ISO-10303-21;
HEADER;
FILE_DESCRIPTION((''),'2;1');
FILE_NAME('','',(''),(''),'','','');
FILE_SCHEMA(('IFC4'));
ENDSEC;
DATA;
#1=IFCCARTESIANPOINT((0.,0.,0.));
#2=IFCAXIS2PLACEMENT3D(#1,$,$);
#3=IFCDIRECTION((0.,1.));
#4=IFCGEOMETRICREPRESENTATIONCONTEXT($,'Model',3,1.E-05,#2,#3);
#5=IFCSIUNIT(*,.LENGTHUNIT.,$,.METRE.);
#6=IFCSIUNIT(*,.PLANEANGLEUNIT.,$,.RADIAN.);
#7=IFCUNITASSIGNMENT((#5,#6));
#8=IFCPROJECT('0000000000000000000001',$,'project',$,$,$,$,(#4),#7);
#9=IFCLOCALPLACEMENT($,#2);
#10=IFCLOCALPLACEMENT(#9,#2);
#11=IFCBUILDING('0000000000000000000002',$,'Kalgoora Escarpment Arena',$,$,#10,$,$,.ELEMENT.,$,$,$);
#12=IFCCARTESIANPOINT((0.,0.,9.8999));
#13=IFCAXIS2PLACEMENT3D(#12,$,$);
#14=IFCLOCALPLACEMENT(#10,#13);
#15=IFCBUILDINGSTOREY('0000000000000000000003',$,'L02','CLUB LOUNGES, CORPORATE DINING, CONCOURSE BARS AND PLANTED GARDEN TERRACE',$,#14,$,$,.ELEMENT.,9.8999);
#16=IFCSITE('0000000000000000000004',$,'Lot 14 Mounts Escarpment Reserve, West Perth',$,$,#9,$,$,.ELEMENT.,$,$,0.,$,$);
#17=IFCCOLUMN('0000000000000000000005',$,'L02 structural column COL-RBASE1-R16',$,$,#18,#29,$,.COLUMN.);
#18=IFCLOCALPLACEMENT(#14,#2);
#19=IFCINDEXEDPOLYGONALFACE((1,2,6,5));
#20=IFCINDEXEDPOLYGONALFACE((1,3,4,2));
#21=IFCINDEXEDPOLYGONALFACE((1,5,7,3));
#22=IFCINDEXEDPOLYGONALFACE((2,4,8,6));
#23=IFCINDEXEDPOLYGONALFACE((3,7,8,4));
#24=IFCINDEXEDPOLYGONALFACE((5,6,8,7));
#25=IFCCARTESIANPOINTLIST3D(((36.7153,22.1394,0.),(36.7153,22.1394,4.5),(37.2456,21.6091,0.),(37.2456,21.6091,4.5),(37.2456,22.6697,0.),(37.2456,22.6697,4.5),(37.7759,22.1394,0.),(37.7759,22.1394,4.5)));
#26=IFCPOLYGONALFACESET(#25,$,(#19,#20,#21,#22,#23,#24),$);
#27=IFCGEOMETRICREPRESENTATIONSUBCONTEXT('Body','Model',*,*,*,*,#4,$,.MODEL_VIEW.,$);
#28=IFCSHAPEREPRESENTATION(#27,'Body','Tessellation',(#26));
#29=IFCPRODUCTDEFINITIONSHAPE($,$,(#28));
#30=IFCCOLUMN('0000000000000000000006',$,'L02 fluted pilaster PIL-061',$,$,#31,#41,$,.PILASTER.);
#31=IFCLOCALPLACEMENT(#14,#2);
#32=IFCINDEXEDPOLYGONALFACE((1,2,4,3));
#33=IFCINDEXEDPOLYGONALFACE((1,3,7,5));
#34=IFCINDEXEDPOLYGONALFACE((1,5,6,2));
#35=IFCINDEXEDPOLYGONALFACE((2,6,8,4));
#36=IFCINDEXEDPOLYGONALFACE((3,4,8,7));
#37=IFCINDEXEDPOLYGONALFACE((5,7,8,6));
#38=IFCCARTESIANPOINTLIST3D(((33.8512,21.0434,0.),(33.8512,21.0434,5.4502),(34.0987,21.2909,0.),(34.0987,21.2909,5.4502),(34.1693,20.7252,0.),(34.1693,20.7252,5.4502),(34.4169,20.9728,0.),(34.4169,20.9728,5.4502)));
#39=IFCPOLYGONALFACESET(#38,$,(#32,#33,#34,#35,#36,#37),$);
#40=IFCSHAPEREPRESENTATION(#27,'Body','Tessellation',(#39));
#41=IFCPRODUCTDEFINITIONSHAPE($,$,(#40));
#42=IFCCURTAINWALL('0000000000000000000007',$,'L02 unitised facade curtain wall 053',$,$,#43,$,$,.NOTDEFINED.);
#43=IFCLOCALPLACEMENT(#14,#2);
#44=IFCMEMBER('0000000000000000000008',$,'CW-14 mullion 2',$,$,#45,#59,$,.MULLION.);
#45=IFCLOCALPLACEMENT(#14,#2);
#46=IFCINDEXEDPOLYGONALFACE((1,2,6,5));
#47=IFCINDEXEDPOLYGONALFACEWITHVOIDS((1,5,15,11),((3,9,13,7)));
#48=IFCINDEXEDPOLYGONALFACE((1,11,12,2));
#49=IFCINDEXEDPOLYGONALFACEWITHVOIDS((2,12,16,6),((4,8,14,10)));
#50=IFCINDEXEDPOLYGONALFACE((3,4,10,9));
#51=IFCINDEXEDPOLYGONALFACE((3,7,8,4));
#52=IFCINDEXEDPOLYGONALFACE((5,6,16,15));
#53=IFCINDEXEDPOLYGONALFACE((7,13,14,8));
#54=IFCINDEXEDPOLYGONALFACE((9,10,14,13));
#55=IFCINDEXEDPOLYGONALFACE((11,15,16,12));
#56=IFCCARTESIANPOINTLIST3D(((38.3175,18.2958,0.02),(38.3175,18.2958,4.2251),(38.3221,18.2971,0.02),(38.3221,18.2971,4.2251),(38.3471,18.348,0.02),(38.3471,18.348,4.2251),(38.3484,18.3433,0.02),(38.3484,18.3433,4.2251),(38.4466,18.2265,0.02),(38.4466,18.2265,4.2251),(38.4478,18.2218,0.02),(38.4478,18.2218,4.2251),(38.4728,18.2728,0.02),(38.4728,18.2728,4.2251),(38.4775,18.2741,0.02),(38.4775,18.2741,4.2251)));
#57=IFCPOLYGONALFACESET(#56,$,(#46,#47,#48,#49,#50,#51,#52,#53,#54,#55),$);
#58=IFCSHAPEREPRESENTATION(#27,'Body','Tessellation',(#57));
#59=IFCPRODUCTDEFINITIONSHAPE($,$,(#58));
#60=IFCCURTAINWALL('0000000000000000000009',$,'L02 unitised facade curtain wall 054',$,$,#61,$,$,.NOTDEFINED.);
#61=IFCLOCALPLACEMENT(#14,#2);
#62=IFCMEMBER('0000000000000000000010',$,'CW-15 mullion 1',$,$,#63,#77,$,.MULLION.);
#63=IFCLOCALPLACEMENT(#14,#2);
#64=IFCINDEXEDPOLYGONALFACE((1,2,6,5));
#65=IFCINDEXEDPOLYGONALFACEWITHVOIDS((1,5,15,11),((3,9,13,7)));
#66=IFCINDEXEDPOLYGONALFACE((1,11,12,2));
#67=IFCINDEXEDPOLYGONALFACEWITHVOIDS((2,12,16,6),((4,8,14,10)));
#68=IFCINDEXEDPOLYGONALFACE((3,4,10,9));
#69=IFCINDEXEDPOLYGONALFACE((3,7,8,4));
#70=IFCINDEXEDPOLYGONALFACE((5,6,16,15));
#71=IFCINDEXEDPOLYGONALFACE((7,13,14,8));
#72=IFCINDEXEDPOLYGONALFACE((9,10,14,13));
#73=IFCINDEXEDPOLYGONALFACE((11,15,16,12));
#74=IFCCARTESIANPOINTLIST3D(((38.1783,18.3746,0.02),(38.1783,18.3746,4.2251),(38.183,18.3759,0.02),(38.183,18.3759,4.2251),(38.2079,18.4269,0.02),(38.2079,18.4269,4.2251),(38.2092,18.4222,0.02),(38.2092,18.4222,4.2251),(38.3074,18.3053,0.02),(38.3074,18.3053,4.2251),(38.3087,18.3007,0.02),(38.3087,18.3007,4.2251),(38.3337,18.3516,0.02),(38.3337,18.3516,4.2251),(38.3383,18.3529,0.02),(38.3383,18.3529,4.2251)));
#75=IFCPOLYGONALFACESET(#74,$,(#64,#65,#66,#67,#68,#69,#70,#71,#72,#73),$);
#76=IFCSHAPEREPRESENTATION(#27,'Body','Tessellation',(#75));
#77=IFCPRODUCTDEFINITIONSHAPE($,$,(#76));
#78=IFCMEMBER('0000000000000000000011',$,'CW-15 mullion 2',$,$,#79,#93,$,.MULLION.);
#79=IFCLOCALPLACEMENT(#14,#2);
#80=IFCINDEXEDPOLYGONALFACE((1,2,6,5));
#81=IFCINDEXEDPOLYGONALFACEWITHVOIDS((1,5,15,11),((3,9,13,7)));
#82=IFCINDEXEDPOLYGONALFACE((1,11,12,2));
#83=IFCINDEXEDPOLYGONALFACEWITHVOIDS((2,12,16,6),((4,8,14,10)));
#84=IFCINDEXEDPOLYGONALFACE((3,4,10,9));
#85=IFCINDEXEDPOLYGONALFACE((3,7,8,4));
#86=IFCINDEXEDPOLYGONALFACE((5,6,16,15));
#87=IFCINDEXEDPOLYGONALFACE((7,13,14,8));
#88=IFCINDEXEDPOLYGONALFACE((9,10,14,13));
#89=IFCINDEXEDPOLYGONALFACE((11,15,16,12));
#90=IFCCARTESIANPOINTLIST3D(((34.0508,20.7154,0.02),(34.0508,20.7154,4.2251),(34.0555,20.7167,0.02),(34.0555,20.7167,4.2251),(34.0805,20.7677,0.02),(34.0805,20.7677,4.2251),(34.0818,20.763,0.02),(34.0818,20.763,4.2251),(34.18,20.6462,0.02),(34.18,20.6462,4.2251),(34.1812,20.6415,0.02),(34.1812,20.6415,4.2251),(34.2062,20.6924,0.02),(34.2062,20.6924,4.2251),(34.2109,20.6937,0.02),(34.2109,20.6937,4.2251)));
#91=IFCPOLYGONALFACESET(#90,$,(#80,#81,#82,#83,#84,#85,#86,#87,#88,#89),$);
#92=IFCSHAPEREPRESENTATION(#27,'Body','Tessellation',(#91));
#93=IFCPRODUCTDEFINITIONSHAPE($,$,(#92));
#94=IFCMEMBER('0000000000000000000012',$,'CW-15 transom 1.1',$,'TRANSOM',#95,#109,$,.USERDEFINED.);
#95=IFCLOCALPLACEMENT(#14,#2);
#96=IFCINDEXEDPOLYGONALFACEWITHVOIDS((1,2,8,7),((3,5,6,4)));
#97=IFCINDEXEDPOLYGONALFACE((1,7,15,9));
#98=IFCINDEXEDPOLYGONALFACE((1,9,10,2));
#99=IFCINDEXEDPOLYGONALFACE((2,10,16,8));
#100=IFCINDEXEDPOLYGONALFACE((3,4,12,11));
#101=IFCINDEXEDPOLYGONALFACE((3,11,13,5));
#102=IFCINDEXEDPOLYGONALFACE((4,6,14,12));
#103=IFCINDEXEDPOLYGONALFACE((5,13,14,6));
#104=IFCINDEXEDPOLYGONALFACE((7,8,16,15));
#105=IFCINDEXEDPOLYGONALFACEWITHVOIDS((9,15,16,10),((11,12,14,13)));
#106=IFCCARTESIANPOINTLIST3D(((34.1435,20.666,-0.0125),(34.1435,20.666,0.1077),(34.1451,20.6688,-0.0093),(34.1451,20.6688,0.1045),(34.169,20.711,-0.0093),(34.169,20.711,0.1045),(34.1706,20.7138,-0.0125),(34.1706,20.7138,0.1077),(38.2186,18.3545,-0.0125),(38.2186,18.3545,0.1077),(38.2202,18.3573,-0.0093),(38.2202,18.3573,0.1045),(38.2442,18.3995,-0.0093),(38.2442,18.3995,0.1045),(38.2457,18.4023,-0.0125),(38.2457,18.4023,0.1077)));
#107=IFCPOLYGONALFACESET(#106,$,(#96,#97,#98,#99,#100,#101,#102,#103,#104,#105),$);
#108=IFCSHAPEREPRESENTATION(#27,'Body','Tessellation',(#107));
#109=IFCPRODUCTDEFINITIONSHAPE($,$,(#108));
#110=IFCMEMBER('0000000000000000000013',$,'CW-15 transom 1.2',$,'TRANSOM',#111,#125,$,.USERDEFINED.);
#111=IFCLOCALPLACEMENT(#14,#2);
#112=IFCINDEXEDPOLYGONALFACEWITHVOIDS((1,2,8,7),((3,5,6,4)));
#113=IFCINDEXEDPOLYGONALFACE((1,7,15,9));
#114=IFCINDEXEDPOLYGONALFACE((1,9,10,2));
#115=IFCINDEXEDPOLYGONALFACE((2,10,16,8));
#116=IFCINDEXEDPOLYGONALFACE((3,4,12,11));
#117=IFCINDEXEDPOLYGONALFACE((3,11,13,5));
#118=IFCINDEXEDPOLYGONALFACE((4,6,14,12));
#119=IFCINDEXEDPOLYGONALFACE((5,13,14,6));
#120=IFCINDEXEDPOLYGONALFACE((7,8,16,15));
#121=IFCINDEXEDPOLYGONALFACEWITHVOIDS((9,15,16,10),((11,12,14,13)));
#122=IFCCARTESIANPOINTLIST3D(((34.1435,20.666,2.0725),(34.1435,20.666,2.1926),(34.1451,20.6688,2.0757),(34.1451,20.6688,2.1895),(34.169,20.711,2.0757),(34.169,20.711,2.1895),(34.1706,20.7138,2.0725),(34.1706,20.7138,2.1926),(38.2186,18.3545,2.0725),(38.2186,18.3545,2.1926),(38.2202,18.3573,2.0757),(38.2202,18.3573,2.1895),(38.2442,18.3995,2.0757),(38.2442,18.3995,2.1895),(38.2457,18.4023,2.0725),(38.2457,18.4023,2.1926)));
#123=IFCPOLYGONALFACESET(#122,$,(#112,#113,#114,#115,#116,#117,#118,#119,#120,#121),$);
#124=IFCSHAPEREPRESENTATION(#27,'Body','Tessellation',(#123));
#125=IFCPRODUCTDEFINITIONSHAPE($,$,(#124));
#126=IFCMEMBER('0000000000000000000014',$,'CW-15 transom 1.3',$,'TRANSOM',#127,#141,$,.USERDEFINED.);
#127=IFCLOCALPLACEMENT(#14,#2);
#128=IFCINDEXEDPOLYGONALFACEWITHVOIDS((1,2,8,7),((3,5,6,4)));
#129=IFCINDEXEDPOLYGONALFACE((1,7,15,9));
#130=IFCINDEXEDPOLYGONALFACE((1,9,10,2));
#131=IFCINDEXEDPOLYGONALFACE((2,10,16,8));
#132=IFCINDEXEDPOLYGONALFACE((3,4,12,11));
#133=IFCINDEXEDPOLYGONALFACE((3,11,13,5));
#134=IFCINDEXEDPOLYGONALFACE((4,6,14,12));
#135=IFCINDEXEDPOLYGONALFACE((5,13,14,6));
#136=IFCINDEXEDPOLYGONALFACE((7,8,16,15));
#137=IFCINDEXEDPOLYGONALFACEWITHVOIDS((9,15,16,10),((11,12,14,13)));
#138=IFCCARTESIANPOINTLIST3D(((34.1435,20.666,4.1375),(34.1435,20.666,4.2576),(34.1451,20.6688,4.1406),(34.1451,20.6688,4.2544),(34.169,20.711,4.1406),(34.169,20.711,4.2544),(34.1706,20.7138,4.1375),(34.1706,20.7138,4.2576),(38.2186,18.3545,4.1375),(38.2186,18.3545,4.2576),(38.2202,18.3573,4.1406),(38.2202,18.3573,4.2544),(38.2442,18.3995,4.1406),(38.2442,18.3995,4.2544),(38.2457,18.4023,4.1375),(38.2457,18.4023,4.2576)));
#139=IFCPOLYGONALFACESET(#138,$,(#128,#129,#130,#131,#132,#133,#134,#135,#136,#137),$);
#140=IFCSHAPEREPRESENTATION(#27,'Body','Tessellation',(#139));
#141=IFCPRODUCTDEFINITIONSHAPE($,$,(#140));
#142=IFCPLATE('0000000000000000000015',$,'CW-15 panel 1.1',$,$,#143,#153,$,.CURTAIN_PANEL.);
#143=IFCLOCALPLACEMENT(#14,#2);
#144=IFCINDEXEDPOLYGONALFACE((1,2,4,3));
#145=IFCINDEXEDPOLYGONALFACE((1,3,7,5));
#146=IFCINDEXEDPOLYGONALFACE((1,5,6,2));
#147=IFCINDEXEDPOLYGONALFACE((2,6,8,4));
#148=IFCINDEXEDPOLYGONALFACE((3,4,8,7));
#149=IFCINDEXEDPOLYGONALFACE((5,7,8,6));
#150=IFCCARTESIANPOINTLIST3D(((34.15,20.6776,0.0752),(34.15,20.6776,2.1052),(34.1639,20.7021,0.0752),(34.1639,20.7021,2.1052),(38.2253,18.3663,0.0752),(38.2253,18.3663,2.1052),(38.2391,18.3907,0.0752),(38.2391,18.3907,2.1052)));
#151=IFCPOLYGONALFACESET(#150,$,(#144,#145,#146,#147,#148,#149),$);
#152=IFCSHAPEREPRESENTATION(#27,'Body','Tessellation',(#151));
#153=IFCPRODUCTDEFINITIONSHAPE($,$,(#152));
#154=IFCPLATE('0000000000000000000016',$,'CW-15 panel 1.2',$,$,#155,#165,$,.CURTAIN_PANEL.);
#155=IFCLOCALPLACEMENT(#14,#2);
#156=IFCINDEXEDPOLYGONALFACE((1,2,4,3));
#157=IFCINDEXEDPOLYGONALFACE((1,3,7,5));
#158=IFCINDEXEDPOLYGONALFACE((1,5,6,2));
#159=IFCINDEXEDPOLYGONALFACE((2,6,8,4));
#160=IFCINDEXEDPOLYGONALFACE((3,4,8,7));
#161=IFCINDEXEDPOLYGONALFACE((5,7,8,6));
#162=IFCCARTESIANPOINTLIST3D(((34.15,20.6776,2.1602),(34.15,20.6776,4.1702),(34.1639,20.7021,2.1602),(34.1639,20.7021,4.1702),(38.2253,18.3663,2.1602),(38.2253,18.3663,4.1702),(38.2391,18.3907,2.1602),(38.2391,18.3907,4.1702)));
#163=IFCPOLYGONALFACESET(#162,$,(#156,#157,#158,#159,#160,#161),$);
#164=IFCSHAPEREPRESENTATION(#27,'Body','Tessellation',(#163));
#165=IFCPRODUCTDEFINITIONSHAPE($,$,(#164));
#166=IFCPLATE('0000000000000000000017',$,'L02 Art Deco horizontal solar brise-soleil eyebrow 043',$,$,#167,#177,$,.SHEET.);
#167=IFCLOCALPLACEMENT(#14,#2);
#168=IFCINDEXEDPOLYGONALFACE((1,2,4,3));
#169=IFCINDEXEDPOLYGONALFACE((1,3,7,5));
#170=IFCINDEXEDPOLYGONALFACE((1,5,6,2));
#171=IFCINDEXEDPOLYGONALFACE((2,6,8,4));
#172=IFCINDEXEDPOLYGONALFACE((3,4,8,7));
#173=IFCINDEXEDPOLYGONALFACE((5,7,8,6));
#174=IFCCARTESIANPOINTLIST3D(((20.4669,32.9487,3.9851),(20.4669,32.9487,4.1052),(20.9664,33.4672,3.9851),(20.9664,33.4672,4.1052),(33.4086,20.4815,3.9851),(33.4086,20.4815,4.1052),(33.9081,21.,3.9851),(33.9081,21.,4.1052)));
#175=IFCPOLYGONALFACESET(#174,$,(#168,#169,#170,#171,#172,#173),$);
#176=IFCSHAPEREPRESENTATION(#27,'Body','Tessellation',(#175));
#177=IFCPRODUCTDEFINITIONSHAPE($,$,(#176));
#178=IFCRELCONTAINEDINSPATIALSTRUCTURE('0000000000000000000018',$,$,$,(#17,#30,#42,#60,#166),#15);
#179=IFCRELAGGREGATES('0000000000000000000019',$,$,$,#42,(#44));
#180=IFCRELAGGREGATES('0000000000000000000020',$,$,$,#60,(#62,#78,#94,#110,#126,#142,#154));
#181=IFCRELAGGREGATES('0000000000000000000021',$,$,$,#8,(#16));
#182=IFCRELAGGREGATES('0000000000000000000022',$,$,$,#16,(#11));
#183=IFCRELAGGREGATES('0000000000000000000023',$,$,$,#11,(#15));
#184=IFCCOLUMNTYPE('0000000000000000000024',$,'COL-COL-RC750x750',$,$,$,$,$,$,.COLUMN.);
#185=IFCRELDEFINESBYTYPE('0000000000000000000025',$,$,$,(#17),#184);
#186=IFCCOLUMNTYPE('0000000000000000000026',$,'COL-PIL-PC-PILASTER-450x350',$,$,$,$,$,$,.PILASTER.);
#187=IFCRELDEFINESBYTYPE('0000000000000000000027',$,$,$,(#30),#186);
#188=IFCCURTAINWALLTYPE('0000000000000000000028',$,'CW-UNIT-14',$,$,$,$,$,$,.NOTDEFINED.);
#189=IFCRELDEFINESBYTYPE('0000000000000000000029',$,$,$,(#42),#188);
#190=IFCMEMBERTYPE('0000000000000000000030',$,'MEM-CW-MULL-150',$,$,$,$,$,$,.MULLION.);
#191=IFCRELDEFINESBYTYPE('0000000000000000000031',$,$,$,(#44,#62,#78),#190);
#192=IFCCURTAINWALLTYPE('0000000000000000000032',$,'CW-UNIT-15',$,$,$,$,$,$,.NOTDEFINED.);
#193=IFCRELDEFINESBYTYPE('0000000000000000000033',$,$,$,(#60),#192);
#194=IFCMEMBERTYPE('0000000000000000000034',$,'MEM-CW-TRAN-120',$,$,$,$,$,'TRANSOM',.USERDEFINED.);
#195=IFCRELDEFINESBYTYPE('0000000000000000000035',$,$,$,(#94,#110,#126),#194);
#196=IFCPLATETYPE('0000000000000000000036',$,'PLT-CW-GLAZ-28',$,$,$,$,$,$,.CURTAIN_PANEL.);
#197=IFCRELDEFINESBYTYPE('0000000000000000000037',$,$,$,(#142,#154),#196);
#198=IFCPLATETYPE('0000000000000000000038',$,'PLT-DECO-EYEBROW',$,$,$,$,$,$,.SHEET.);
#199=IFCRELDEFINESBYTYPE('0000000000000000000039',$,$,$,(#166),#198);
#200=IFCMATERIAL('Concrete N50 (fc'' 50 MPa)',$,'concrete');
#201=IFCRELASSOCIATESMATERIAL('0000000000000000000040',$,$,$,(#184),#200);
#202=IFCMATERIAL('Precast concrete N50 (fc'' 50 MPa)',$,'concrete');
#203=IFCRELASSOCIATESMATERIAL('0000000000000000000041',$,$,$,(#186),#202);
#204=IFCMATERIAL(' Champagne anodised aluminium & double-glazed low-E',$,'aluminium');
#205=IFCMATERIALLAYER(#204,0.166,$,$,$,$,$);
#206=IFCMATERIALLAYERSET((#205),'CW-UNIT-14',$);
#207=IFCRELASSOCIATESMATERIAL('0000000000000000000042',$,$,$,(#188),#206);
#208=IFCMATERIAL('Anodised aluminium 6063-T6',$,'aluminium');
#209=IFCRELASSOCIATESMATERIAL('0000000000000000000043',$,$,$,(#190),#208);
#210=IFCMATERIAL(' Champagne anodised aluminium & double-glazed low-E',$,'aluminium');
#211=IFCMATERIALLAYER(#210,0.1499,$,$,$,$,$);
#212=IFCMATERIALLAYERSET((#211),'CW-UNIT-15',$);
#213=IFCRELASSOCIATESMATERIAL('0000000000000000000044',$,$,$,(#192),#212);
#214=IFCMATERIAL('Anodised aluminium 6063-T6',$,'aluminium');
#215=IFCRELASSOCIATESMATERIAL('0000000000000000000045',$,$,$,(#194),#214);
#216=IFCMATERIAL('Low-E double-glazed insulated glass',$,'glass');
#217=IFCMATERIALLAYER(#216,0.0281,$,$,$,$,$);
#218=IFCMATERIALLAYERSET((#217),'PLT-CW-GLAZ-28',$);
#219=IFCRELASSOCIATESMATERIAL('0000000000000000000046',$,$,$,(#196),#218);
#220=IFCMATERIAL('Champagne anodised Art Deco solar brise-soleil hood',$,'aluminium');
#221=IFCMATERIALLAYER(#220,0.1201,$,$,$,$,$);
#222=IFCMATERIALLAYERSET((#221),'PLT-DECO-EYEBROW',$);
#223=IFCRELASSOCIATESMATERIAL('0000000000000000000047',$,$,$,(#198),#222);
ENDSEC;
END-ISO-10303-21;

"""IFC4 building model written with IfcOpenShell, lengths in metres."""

from ifc_helpers import new_model, si_unit, direction, frame, origin, origin_2d, place, context, subcontext, project, spatial, rectangle, hollow_rectangle, extrude, material, layer, layer_set, material_profile, profile_set, type_object, element, aggregate, save


model = new_model("IFC4")

# Units and contexts
model_context = context("Model", 3, precision=1e-05, world=origin(), true_north=direction((0.0, 1.0)))
body_context = subcontext(model_context, "Body", "Model", "MODEL_VIEW")
ifc_project = project(units=[si_unit("LENGTHUNIT", "METRE"), si_unit("PLANEANGLEUNIT", "RADIAN")], contexts=[model_context])

# Site, building, storey
site_placement = place(None, origin())
site = spatial("IfcSite", under=ifc_project, at=site_placement, Name="Lot 14 Mounts Escarpment Reserve, West Perth", CompositionType="ELEMENT", RefElevation=0.0)
building_placement = place(site_placement, origin())
building = spatial("IfcBuilding", under=site, at=building_placement, Name="Kalgoora Escarpment Arena", CompositionType="ELEMENT")
storey_placement = place(building_placement, frame((0.0, 0.0, 9.8999)))
storey = spatial("IfcBuildingStorey", under=building, at=storey_placement, Name="L02", Description="CLUB LOUNGES, CORPORATE DINING, CONCOURSE BARS AND PLANTED GARDEN TERRACE", CompositionType="ELEMENT", Elevation=9.8999)

# Columns
ifc_material_1 = material(Name="Concrete N50 (fc' 50 MPa)", Category="concrete")
ifc_material_profile_1 = material_profile(ifc_material_1, rectangle(XDim=0.75, YDim=0.75, at=origin_2d()))
ifc_profile_set_1 = profile_set([ifc_material_profile_1], Name="Concrete N50 (fc' 50 MPa)")
column_type_1 = type_object("IfcColumnType", Name="COL-COL-RC750x750", PredefinedType="COLUMN", material=ifc_profile_set_1)
column_1_placement = place(storey_placement, frame((37.2456, 22.1394, 0.0), z_axis=(0.0, 0.0, 1.0), x_axis=(-0.707107, -0.707107, 0.0)))
element("IfcColumn", 1, at=column_1_placement, inside=storey, type_object=column_type_1, Name="L02 structural column COL-RBASE1-R16", PredefinedType="COLUMN", context=body_context, shape_type="SweptSolid", body=[
    extrude(rectangle(XDim=0.75, YDim=0.75, at=origin_2d()), origin(), (0.0, 0.0, 1.0), 4.5),
])
ifc_material_2 = material(Name="Precast concrete N50 (fc' 50 MPa)", Category="concrete")
ifc_material_profile_2 = material_profile(ifc_material_2, rectangle(XDim=0.3501, YDim=0.45, at=origin_2d()))
ifc_profile_set_2 = profile_set([ifc_material_profile_2], Name="Precast concrete N50 (fc' 50 MPa)")
column_type_2 = type_object("IfcColumnType", Name="COL-PIL-PC-PILASTER-450x350", PredefinedType="PILASTER", material=ifc_profile_set_2)
column_2_placement = place(storey_placement, frame((34.134, 21.0081, 0.0), z_axis=(0.0, 0.0, 1.0), x_axis=(-0.707107, -0.707107, 0.0)))
element("IfcColumn", 2, at=column_2_placement, inside=storey, type_object=column_type_2, Name="L02 fluted pilaster PIL-061", PredefinedType="PILASTER", context=body_context, shape_type="SweptSolid", body=[
    extrude(rectangle(XDim=0.3501, YDim=0.45, at=origin_2d()), origin(), (0.0, 0.0, 1.0), 5.4502),
])

# Curtain wall, member
ifc_material_3 = material(Name=" Champagne anodised aluminium & double-glazed low-E", Category="aluminium")
ifc_layer_1 = layer(ifc_material_3, 0.166)
ifc_layer_set_1 = layer_set([ifc_layer_1], Name="CW-UNIT-14")
curtain_wall_type_1 = type_object("IfcCurtainWallType", Name="CW-UNIT-14", PredefinedType="NOTDEFINED", material=ifc_layer_set_1)
curtain_wall_1_placement = place(storey_placement, origin())
curtain_wall_1 = element("IfcCurtainWall", 3, at=curtain_wall_1_placement, inside=storey, type_object=curtain_wall_type_1, Name="L02 unitised facade curtain wall 053", PredefinedType="NOTDEFINED")
ifc_material_4 = material(Name="Anodised aluminium 6063-T6", Category="aluminium")
ifc_material_profile_3 = material_profile(ifc_material_4, hollow_rectangle(XDim=0.0601, YDim=0.1499, WallThickness=0.0034, at=origin_2d()))
ifc_profile_set_3 = profile_set([ifc_material_profile_3], Name="Anodised aluminium 6063-T6")
member_type_1 = type_object("IfcMemberType", Name="MEM-CW-MULL-150", PredefinedType="MULLION", material=ifc_profile_set_3)
member_1_placement = place(storey_placement, frame((38.3975, 18.2849, 0.02), z_axis=(0.0, 0.0, 1.0), x_axis=(-0.49333, -0.869842, 0.0)))
member_1 = element("IfcMember", 4, at=member_1_placement, type_object=member_type_1, Name="CW-14 mullion 2", PredefinedType="MULLION", context=body_context, shape_type="SweptSolid", body=[
    extrude(hollow_rectangle(XDim=0.0601, YDim=0.1499, WallThickness=0.0034, at=origin_2d()), origin(), (0.0, 0.0, 1.0), 4.2051),
])
aggregate(curtain_wall_1, [member_1])

# Curtain wall, members, plates
ifc_material_5 = material(Name=" Champagne anodised aluminium & double-glazed low-E", Category="aluminium")
ifc_layer_2 = layer(ifc_material_5, 0.1499)
ifc_layer_set_2 = layer_set([ifc_layer_2], Name="CW-UNIT-15")
curtain_wall_type_2 = type_object("IfcCurtainWallType", Name="CW-UNIT-15", PredefinedType="NOTDEFINED", material=ifc_layer_set_2)
curtain_wall_2_placement = place(storey_placement, origin())
curtain_wall_2 = element("IfcCurtainWall", 5, at=curtain_wall_2_placement, inside=storey, type_object=curtain_wall_type_2, Name="L02 unitised facade curtain wall 054", PredefinedType="NOTDEFINED")
member_2_placement = place(storey_placement, frame((38.2583, 18.3638, 0.02), z_axis=(0.0, 0.0, 1.0), x_axis=(-0.493344, -0.869834, 0.0)))
member_2 = element("IfcMember", 6, at=member_2_placement, type_object=member_type_1, Name="CW-15 mullion 1", PredefinedType="MULLION", context=body_context, shape_type="SweptSolid", body=[
    extrude(hollow_rectangle(XDim=0.0601, YDim=0.1499, WallThickness=0.0034, at=origin_2d()), origin(), (0.0, 0.0, 1.0), 4.2051),
])
member_3_placement = place(storey_placement, frame((34.1309, 20.7046, 0.02), z_axis=(0.0, 0.0, 1.0), x_axis=(-0.493344, -0.869834, 0.0)))
member_3 = element("IfcMember", 7, at=member_3_placement, type_object=member_type_1, Name="CW-15 mullion 2", PredefinedType="MULLION", context=body_context, shape_type="SweptSolid", body=[
    extrude(hollow_rectangle(XDim=0.0601, YDim=0.1499, WallThickness=0.0034, at=origin_2d()), origin(), (0.0, 0.0, 1.0), 4.2051),
])
ifc_material_6 = material(Name="Anodised aluminium 6063-T6", Category="aluminium")
ifc_material_profile_4 = material_profile(ifc_material_6, hollow_rectangle(XDim=0.0549, YDim=0.1201, WallThickness=0.0032, at=origin_2d()))
ifc_profile_set_4 = profile_set([ifc_material_profile_4], Name="Anodised aluminium 6063-T6")
member_type_2 = type_object("IfcMemberType", Name="MEM-CW-TRAN-120", ElementType="TRANSOM", PredefinedType="USERDEFINED", material=ifc_profile_set_4)
member_4_placement = place(storey_placement, frame((38.2322, 18.3784, 0.0476), z_axis=(-0.869816, 0.493375, 0.0), x_axis=(-0.493375, -0.869816, 0.0)))
member_4 = element("IfcMember", 8, at=member_4_placement, type_object=member_type_2, Name="CW-15 transom 1.1", ObjectType="TRANSOM", PredefinedType="USERDEFINED", context=body_context, shape_type="SweptSolid", body=[
    extrude(hollow_rectangle(XDim=0.0549, YDim=0.1201, WallThickness=0.0032, at=origin_2d()), origin(), (0.0, 0.0, 1.0), 4.6851),
])
member_5_placement = place(storey_placement, frame((38.2322, 18.3784, 2.1326), z_axis=(-0.869816, 0.493375, 0.0), x_axis=(-0.493375, -0.869816, 0.0)))
member_5 = element("IfcMember", 9, at=member_5_placement, type_object=member_type_2, Name="CW-15 transom 1.2", ObjectType="TRANSOM", PredefinedType="USERDEFINED", context=body_context, shape_type="SweptSolid", body=[
    extrude(hollow_rectangle(XDim=0.0549, YDim=0.1201, WallThickness=0.0032, at=origin_2d()), origin(), (0.0, 0.0, 1.0), 4.6851),
])
member_6_placement = place(storey_placement, frame((38.2322, 18.3784, 4.1975), z_axis=(-0.869816, 0.493375, 0.0), x_axis=(-0.493375, -0.869816, 0.0)))
member_6 = element("IfcMember", 10, at=member_6_placement, type_object=member_type_2, Name="CW-15 transom 1.3", ObjectType="TRANSOM", PredefinedType="USERDEFINED", context=body_context, shape_type="SweptSolid", body=[
    extrude(hollow_rectangle(XDim=0.0549, YDim=0.1201, WallThickness=0.0032, at=origin_2d()), origin(), (0.0, 0.0, 1.0), 4.6851),
])
ifc_material_7 = material(Name="Low-E double-glazed insulated glass", Category="glass")
ifc_layer_3 = layer(ifc_material_7, 0.0281)
ifc_layer_set_3 = layer_set([ifc_layer_3], Name="PLT-CW-GLAZ-28")
plate_type_1 = type_object("IfcPlateType", Name="PLT-CW-GLAZ-28", PredefinedType="CURTAIN_PANEL", material=ifc_layer_set_3)
plate_1_placement = place(storey_placement, frame((36.1946, 19.5342, 0.0752), z_axis=(0.0, 0.0, 1.0), x_axis=(-0.869834, 0.493344, 0.0)))
plate_1 = element("IfcPlate", 11, at=plate_1_placement, type_object=plate_type_1, Name="CW-15 panel 1.1", PredefinedType="CURTAIN_PANEL", context=body_context, shape_type="SweptSolid", body=[
    extrude(rectangle(XDim=4.6851, YDim=0.0281, at=origin_2d()), origin(), (0.0, 0.0, 1.0), 2.03),
])
plate_2_placement = place(storey_placement, frame((36.1946, 19.5342, 2.1602), z_axis=(0.0, 0.0, 1.0), x_axis=(-0.869834, 0.493344, 0.0)))
plate_2 = element("IfcPlate", 12, at=plate_2_placement, type_object=plate_type_1, Name="CW-15 panel 1.2", PredefinedType="CURTAIN_PANEL", context=body_context, shape_type="SweptSolid", body=[
    extrude(rectangle(XDim=4.6851, YDim=0.0281, at=origin_2d()), origin(), (0.0, 0.0, 1.0), 2.01),
])
aggregate(curtain_wall_2, [member_2, member_3, member_4, member_5, member_6, plate_1, plate_2])

# Plate
ifc_material_8 = material(Name="Champagne anodised Art Deco solar brise-soleil hood", Category="aluminium")
ifc_layer_4 = layer(ifc_material_8, 0.1201)
ifc_layer_set_4 = layer_set([ifc_layer_4], Name="PLT-DECO-EYEBROW")
plate_type_2 = type_object("IfcPlateType", Name="PLT-DECO-EYEBROW", PredefinedType="SHEET", material=ifc_layer_set_4)
plate_3_placement = place(storey_placement, frame((27.1875, 26.9744, 3.9851), z_axis=(0.0, 0.0, 1.0), x_axis=(-0.720188, 0.693779, 0.0)))
element("IfcPlate", 13, at=plate_3_placement, inside=storey, type_object=plate_type_2, Name="L02 Art Deco horizontal solar brise-soleil eyebrow 043", PredefinedType="SHEET", context=body_context, shape_type="SweptSolid", body=[
    extrude(rectangle(XDim=17.97, YDim=0.72, at=origin_2d()), origin(), (0.0, 0.0, 1.0), 0.1201),
])

save(model, "model.ifc")
